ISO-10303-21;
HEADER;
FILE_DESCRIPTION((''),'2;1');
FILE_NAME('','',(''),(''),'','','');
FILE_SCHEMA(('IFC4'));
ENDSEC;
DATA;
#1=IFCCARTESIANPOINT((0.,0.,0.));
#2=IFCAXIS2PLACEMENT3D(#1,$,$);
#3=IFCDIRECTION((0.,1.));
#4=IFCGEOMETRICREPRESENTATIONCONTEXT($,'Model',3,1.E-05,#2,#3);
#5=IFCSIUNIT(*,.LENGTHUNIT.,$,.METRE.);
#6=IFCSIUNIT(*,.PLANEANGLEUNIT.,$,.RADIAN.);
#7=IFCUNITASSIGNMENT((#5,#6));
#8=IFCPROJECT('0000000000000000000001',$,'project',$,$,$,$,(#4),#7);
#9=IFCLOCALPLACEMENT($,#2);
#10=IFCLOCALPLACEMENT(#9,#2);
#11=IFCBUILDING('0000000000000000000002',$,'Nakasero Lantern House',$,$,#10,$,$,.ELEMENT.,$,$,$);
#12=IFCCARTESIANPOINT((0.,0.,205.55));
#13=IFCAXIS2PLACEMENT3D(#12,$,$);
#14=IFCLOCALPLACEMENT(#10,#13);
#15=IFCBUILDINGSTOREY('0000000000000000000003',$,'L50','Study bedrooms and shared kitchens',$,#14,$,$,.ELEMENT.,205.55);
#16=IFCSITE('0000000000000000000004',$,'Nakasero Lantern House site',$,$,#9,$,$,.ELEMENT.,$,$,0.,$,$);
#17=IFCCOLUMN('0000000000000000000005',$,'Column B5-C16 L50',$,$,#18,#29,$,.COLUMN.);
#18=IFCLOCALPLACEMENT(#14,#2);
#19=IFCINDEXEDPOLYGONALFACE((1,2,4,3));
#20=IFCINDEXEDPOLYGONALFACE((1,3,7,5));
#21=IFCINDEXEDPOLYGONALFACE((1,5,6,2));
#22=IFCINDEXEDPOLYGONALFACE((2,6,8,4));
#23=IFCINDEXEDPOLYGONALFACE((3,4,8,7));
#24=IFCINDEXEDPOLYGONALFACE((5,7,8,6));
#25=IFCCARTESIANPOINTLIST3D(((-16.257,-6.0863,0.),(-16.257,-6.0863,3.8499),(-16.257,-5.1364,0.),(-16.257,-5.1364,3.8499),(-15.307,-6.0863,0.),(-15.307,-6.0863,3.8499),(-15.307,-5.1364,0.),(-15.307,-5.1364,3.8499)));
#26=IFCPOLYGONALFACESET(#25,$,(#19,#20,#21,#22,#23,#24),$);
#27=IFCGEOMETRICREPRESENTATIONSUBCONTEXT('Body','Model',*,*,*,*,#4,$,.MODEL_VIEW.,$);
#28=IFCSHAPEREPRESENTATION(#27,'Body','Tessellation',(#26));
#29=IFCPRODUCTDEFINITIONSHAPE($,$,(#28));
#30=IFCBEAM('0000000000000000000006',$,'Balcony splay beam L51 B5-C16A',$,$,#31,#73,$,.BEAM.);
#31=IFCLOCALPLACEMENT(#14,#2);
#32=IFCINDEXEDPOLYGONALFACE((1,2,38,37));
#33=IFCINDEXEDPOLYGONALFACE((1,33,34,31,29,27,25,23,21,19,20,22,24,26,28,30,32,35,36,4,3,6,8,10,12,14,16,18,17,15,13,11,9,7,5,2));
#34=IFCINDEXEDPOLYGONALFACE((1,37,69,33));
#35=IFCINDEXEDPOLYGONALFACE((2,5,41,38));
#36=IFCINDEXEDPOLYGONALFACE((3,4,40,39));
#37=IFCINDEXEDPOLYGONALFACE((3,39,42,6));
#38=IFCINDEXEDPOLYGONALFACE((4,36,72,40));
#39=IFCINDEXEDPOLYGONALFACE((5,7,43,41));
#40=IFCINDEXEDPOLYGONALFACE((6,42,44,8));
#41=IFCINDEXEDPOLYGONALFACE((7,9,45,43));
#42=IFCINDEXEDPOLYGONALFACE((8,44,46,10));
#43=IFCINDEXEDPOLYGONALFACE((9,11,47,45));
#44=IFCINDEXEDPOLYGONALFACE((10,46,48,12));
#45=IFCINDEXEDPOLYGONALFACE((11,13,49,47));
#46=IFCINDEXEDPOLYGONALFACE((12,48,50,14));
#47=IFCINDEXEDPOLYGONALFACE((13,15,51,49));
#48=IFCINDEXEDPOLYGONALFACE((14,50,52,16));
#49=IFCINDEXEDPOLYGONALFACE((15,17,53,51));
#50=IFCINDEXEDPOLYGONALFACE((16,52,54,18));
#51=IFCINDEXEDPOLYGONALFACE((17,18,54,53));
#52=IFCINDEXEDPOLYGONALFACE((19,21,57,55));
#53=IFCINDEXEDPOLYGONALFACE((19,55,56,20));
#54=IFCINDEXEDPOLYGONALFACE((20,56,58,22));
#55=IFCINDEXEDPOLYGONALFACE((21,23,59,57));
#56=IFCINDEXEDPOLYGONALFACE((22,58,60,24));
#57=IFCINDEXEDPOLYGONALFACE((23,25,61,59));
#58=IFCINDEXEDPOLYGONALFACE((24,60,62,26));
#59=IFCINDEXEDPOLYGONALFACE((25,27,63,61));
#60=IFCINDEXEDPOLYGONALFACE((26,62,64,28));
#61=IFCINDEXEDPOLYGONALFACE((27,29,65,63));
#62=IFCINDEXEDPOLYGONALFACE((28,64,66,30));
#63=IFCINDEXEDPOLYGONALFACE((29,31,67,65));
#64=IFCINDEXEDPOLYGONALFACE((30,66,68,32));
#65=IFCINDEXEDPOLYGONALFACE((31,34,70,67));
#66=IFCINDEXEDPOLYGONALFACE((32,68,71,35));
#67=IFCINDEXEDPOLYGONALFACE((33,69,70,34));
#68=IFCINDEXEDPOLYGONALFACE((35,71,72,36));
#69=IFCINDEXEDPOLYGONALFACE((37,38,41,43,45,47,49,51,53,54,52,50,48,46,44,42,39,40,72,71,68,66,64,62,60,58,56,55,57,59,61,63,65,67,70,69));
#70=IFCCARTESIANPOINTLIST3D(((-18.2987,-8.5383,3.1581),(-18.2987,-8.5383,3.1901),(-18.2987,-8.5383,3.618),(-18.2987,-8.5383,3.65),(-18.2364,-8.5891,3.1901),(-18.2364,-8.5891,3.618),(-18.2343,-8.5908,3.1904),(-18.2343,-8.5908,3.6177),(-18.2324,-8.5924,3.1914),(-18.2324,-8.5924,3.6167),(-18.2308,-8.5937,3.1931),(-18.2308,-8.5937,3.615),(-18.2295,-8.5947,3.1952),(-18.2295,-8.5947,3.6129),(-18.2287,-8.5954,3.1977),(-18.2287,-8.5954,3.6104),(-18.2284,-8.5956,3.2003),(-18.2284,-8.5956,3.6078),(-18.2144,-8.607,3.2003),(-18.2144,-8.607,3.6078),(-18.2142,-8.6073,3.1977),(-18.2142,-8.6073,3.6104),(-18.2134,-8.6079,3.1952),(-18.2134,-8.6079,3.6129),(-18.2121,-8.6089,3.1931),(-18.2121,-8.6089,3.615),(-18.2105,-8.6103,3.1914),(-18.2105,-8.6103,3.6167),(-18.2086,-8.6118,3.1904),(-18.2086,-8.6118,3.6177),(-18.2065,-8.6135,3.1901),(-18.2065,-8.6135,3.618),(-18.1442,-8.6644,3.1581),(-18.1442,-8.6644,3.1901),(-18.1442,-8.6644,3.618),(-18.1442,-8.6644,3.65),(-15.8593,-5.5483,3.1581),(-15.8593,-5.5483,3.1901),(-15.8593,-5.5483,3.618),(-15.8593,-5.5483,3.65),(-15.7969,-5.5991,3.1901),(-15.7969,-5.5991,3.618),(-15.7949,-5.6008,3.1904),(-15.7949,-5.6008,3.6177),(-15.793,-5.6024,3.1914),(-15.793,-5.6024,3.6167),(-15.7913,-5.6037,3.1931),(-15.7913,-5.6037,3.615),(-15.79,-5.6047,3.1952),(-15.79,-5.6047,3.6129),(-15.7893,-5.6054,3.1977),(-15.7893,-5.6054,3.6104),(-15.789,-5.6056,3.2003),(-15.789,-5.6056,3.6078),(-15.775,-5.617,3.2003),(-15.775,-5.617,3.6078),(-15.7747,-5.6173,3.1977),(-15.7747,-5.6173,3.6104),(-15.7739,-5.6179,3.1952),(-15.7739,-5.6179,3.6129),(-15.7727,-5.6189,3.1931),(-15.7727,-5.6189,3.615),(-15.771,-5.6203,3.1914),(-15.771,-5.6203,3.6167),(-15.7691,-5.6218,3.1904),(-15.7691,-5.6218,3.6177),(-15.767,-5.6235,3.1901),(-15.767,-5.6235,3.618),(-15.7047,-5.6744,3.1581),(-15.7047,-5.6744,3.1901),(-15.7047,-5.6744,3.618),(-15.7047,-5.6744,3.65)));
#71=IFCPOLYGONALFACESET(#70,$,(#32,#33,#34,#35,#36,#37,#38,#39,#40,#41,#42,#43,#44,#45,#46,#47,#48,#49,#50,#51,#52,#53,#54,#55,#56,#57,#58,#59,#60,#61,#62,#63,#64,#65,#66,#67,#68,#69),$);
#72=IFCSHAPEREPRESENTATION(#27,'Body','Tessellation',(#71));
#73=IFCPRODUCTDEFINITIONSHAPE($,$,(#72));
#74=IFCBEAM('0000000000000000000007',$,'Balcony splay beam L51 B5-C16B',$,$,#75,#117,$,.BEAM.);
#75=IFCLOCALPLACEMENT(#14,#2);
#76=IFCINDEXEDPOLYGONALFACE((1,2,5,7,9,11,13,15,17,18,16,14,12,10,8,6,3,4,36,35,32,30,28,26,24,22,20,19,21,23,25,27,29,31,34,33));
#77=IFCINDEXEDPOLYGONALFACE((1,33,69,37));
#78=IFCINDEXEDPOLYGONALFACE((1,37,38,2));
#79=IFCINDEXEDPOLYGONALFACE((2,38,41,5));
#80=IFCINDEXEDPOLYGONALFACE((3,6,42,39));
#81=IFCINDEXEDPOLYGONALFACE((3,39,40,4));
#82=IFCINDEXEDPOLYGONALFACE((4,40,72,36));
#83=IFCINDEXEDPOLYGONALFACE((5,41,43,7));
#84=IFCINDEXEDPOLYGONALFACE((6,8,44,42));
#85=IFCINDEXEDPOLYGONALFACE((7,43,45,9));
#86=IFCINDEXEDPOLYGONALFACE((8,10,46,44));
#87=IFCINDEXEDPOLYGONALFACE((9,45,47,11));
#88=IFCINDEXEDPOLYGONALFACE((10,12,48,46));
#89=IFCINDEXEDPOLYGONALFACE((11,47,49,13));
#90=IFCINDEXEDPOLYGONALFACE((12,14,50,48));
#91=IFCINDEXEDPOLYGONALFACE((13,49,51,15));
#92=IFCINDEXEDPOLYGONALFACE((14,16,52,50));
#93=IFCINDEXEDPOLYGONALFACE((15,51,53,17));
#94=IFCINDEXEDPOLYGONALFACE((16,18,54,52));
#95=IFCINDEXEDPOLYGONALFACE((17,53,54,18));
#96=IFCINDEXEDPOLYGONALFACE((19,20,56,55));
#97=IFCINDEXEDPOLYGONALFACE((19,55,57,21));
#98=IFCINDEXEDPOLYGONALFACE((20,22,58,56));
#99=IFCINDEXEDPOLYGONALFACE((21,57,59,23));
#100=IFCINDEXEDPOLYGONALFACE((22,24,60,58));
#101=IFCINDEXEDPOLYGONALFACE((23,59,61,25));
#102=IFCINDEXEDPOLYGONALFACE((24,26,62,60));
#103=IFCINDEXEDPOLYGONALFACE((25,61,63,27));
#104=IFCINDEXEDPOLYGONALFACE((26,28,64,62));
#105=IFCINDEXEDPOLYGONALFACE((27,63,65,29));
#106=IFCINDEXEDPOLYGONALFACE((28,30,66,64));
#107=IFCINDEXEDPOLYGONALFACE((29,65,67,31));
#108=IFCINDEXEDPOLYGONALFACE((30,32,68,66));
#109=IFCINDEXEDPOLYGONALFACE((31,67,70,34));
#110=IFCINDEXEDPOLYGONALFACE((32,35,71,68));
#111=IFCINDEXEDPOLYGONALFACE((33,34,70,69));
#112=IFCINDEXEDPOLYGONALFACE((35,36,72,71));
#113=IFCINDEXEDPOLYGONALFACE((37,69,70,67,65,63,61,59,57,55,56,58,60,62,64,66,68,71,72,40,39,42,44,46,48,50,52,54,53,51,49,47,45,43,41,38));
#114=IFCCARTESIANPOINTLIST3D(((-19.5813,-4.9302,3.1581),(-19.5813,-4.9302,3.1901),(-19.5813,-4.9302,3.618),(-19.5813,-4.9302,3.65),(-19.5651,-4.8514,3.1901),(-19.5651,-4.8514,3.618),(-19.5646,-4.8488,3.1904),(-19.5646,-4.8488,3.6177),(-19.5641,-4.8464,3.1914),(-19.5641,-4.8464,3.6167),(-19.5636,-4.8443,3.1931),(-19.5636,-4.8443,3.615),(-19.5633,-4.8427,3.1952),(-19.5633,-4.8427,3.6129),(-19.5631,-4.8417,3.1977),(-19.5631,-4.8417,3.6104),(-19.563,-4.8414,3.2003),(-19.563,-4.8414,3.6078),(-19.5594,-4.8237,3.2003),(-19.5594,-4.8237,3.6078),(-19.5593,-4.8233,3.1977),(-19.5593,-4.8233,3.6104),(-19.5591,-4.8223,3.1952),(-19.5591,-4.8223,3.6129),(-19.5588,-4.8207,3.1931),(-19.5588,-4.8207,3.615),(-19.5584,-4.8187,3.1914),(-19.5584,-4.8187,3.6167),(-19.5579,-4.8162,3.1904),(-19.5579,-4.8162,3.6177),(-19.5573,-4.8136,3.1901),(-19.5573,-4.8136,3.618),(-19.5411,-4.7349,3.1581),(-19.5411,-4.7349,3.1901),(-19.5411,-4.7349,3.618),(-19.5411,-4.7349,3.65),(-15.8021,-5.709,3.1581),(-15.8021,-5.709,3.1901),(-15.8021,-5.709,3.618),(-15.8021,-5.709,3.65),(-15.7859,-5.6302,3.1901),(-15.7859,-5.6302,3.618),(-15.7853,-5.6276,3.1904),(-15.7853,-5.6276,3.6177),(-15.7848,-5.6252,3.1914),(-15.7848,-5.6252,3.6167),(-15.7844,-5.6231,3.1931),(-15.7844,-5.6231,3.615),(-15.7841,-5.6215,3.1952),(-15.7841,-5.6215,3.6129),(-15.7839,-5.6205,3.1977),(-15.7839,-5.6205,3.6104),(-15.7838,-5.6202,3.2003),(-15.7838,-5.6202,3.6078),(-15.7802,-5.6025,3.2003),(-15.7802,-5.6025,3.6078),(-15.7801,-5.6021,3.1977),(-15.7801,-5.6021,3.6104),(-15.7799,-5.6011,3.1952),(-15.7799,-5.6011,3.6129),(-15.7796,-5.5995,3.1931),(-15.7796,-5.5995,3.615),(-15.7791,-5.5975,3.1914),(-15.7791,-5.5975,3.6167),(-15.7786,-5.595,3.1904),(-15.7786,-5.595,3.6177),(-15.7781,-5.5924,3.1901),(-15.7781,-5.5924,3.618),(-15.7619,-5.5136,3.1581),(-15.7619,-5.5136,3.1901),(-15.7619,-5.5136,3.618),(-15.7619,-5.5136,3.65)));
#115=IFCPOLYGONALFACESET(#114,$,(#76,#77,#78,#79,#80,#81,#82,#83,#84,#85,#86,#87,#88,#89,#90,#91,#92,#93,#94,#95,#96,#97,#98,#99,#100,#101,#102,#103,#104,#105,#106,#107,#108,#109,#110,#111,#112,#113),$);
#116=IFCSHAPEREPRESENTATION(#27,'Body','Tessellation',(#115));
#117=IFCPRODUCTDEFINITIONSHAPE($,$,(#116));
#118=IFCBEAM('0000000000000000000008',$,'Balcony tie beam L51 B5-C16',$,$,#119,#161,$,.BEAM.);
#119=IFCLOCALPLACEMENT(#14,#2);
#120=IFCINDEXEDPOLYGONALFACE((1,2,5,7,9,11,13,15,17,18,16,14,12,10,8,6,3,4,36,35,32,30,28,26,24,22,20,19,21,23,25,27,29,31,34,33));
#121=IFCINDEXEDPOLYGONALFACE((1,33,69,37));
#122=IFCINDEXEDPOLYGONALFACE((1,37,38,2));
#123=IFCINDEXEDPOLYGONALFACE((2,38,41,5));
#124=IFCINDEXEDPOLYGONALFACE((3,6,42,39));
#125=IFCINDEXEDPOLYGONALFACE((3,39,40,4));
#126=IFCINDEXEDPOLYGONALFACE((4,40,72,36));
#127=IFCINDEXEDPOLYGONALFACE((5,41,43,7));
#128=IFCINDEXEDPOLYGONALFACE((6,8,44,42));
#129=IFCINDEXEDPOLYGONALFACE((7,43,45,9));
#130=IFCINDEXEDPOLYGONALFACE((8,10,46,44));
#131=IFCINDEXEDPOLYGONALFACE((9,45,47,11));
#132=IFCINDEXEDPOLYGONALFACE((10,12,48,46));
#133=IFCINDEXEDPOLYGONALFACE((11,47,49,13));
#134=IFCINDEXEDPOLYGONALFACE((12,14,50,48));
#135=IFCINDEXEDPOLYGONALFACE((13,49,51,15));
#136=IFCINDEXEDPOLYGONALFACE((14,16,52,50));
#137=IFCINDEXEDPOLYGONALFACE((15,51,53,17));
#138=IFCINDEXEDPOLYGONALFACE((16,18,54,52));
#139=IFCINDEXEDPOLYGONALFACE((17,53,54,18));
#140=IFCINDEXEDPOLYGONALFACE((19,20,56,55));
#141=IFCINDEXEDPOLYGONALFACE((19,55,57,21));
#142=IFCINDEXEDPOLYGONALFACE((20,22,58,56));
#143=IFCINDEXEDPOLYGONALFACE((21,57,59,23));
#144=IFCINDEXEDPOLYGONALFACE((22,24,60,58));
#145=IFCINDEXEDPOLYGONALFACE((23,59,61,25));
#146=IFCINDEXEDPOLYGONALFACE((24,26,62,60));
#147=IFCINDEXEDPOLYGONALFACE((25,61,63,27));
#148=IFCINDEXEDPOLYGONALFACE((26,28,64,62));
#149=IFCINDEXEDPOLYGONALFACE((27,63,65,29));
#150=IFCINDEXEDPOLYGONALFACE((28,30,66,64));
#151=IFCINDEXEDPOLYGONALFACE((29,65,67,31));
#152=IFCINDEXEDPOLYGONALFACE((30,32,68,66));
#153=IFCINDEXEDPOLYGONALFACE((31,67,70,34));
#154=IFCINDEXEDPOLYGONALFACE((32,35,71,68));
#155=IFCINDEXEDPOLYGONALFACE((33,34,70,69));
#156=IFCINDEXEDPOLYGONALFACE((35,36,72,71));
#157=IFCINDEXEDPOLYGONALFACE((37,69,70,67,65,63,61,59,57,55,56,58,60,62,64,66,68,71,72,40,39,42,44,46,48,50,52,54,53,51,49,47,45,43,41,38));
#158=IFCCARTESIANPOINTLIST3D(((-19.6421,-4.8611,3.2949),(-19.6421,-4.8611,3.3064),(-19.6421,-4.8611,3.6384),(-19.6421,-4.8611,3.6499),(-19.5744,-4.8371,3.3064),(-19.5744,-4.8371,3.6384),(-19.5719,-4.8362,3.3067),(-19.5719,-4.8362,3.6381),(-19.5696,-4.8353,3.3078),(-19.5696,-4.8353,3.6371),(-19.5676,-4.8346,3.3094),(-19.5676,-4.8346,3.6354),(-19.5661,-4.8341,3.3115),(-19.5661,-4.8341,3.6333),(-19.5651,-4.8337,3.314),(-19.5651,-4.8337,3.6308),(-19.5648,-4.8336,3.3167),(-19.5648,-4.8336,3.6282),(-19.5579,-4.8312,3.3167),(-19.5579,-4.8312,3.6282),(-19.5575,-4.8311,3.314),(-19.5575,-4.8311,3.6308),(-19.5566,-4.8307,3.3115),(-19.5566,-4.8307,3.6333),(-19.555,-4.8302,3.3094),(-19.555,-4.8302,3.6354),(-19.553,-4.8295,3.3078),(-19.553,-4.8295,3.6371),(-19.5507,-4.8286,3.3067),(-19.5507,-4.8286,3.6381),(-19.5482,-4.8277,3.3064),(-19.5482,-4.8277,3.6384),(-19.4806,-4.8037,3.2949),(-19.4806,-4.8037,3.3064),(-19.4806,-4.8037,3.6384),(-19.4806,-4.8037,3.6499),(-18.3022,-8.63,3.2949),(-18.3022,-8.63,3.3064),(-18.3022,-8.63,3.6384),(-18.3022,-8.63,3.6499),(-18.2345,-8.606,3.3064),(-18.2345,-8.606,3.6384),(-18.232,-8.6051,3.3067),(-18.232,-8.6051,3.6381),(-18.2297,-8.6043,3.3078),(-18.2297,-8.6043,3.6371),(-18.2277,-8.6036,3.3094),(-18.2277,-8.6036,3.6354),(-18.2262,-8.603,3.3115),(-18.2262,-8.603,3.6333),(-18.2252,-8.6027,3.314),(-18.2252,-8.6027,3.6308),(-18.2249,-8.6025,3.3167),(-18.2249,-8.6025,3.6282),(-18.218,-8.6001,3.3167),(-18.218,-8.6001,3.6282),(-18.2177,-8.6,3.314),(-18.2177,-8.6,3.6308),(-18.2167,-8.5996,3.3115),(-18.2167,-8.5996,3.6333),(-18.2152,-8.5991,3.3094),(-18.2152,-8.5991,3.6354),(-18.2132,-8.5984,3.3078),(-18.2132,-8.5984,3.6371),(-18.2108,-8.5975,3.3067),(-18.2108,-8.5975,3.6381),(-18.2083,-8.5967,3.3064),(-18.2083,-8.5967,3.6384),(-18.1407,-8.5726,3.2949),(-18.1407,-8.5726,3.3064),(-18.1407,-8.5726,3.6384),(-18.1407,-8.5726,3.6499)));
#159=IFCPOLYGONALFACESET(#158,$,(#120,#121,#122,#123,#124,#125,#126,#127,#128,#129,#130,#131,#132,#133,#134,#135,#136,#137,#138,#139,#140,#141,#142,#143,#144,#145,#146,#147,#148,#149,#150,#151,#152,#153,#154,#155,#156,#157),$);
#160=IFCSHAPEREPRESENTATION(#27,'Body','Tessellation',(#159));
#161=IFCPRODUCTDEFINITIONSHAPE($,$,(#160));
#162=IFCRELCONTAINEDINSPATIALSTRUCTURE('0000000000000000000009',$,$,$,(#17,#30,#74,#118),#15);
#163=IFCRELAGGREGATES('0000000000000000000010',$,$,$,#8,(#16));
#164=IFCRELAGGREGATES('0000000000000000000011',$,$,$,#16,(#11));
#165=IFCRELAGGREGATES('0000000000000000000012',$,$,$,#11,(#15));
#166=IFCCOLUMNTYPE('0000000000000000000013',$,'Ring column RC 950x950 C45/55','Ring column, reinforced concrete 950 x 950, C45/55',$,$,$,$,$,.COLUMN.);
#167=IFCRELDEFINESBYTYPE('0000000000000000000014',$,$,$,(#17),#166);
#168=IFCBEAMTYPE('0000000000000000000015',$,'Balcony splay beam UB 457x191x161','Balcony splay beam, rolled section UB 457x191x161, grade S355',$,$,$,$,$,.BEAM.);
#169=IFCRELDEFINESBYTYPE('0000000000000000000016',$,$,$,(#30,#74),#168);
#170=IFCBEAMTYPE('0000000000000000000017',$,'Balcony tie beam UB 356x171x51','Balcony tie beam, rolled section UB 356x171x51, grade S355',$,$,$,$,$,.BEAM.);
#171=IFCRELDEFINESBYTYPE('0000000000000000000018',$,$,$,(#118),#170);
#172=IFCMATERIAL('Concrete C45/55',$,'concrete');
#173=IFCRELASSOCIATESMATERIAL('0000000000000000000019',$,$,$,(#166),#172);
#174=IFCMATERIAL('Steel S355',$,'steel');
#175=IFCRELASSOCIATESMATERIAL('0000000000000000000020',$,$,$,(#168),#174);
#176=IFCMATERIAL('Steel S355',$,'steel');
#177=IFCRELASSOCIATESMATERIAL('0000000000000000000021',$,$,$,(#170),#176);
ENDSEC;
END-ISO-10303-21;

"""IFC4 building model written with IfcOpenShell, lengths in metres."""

from ifc_helpers import new_model, si_unit, direction, frame, origin, origin_2d, place, context, subcontext, project, spatial, rectangle, i_section, extrude, material, material_profile, profile_set, type_object, element, save


model = new_model("IFC4")

# Units and contexts
model_context = context("Model", 3, precision=1e-05, world=origin(), true_north=direction((0.0, 1.0)))
body_context = subcontext(model_context, "Body", "Model", "MODEL_VIEW")
ifc_project = project(units=[si_unit("LENGTHUNIT", "METRE"), si_unit("PLANEANGLEUNIT", "RADIAN")], contexts=[model_context])

# Site, building, storey
site_placement = place(None, origin())
site = spatial("IfcSite", under=ifc_project, at=site_placement, Name="Nakasero Lantern House site", CompositionType="ELEMENT", RefElevation=0.0)
building_placement = place(site_placement, origin())
building = spatial("IfcBuilding", under=site, at=building_placement, Name="Nakasero Lantern House", CompositionType="ELEMENT")
storey_placement = place(building_placement, frame((0.0, 0.0, 205.55)))
storey = spatial("IfcBuildingStorey", under=building, at=storey_placement, Name="L50", Description="Study bedrooms and shared kitchens", CompositionType="ELEMENT", Elevation=205.55)

# Column
ifc_material_1 = material(Name="Concrete C45/55", Category="concrete")
ifc_material_profile_1 = material_profile(ifc_material_1, rectangle(XDim=0.95, YDim=0.95, at=origin_2d()), Name="RC 950x950")
ifc_profile_set_1 = profile_set([ifc_material_profile_1], Name="Concrete C45/55")
column_type = type_object("IfcColumnType", Name="Ring column RC 950x950 C45/55", Description="Ring column, reinforced concrete 950 x 950, C45/55", PredefinedType="COLUMN", material=ifc_profile_set_1)
column_placement = place(storey_placement, frame((-15.782, -5.6113, 0.0), z_axis=(0.0, 0.0, 1.0), x_axis=(1.0, 0.0, 0.0)))
element("IfcColumn", 1, at=column_placement, inside=storey, type_object=column_type, Name="Column B5-C16 L50", PredefinedType="COLUMN", context=body_context, shape_type="SweptSolid", body=[
    extrude(rectangle(XDim=0.95, YDim=0.95, at=origin_2d()), origin(), (0.0, 0.0, 1.0), 3.8499),
])

# Beams
ifc_material_2 = material(Name="Steel S355", Category="steel")
ifc_material_profile_2 = material_profile(ifc_material_2, i_section(OverallWidth=0.1995, OverallDepth=0.4919, WebThickness=0.0181, FlangeThickness=0.032, FilletRadius=0.0103, at=origin_2d()), Name="UB 457x191x161")
ifc_profile_set_2 = profile_set([ifc_material_profile_2], Name="Steel S355")
beam_type_1 = type_object("IfcBeamType", Name="Balcony splay beam UB 457x191x161", Description="Balcony splay beam, rolled section UB 457x191x161, grade S355", PredefinedType="BEAM", material=ifc_profile_set_2)
beam_1_placement = place(storey_placement, frame((-15.782, -5.6113, 3.4041), z_axis=(-0.632166, -0.774833, 0.0), x_axis=(0.774833, -0.632166, 0.0)))
element("IfcBeam", 2, at=beam_1_placement, inside=storey, type_object=beam_type_1, Name="Balcony splay beam L51 B5-C16A", PredefinedType="BEAM", context=body_context, shape_type="SweptSolid", body=[
    extrude(i_section(OverallWidth=0.1995, OverallDepth=0.4919, WebThickness=0.0181, FlangeThickness=0.032, FilletRadius=0.0103, at=origin_2d()), origin(), (0.0, 0.0, 1.0), 3.8589),
])
beam_2_placement = place(storey_placement, frame((-15.782, -5.6113, 3.4041), z_axis=(-0.97942, 0.201831, 0.0), x_axis=(-0.201831, -0.97942, 0.0)))
element("IfcBeam", 3, at=beam_2_placement, inside=storey, type_object=beam_type_1, Name="Balcony splay beam L51 B5-C16B", PredefinedType="BEAM", context=body_context, shape_type="SweptSolid", body=[
    extrude(i_section(OverallWidth=0.1995, OverallDepth=0.4919, WebThickness=0.0181, FlangeThickness=0.032, FilletRadius=0.0103, at=origin_2d()), origin(), (0.0, 0.0, 1.0), 3.8586),
])
ifc_material_3 = material(Name="Steel S355", Category="steel")
ifc_material_profile_3 = material_profile(ifc_material_3, i_section(OverallWidth=0.1714, OverallDepth=0.355, WebThickness=0.0073, FlangeThickness=0.0115, FilletRadius=0.0103, at=origin_2d()), Name="UB 356x171x51")
ifc_profile_set_3 = profile_set([ifc_material_profile_3], Name="Steel S355")
beam_type_2 = type_object("IfcBeamType", Name="Balcony tie beam UB 356x171x51", Description="Balcony tie beam, rolled section UB 356x171x51, grade S355", PredefinedType="BEAM", material=ifc_profile_set_3)
beam_3_placement = place(storey_placement, frame((-18.2214, -8.6013, 3.4724), z_axis=(-0.334971, 0.942228, 0.0), x_axis=(-0.942228, -0.334971, 0.0)))
element("IfcBeam", 4, at=beam_3_placement, inside=storey, type_object=beam_type_2, Name="Balcony tie beam L51 B5-C16", PredefinedType="BEAM", context=body_context, shape_type="SweptSolid", body=[
    extrude(i_section(OverallWidth=0.1714, OverallDepth=0.355, WebThickness=0.0073, FlangeThickness=0.0115, FilletRadius=0.0103, at=origin_2d()), origin(), (0.0, 0.0, 1.0), 4.0),
])

save(model, "model.ifc")
